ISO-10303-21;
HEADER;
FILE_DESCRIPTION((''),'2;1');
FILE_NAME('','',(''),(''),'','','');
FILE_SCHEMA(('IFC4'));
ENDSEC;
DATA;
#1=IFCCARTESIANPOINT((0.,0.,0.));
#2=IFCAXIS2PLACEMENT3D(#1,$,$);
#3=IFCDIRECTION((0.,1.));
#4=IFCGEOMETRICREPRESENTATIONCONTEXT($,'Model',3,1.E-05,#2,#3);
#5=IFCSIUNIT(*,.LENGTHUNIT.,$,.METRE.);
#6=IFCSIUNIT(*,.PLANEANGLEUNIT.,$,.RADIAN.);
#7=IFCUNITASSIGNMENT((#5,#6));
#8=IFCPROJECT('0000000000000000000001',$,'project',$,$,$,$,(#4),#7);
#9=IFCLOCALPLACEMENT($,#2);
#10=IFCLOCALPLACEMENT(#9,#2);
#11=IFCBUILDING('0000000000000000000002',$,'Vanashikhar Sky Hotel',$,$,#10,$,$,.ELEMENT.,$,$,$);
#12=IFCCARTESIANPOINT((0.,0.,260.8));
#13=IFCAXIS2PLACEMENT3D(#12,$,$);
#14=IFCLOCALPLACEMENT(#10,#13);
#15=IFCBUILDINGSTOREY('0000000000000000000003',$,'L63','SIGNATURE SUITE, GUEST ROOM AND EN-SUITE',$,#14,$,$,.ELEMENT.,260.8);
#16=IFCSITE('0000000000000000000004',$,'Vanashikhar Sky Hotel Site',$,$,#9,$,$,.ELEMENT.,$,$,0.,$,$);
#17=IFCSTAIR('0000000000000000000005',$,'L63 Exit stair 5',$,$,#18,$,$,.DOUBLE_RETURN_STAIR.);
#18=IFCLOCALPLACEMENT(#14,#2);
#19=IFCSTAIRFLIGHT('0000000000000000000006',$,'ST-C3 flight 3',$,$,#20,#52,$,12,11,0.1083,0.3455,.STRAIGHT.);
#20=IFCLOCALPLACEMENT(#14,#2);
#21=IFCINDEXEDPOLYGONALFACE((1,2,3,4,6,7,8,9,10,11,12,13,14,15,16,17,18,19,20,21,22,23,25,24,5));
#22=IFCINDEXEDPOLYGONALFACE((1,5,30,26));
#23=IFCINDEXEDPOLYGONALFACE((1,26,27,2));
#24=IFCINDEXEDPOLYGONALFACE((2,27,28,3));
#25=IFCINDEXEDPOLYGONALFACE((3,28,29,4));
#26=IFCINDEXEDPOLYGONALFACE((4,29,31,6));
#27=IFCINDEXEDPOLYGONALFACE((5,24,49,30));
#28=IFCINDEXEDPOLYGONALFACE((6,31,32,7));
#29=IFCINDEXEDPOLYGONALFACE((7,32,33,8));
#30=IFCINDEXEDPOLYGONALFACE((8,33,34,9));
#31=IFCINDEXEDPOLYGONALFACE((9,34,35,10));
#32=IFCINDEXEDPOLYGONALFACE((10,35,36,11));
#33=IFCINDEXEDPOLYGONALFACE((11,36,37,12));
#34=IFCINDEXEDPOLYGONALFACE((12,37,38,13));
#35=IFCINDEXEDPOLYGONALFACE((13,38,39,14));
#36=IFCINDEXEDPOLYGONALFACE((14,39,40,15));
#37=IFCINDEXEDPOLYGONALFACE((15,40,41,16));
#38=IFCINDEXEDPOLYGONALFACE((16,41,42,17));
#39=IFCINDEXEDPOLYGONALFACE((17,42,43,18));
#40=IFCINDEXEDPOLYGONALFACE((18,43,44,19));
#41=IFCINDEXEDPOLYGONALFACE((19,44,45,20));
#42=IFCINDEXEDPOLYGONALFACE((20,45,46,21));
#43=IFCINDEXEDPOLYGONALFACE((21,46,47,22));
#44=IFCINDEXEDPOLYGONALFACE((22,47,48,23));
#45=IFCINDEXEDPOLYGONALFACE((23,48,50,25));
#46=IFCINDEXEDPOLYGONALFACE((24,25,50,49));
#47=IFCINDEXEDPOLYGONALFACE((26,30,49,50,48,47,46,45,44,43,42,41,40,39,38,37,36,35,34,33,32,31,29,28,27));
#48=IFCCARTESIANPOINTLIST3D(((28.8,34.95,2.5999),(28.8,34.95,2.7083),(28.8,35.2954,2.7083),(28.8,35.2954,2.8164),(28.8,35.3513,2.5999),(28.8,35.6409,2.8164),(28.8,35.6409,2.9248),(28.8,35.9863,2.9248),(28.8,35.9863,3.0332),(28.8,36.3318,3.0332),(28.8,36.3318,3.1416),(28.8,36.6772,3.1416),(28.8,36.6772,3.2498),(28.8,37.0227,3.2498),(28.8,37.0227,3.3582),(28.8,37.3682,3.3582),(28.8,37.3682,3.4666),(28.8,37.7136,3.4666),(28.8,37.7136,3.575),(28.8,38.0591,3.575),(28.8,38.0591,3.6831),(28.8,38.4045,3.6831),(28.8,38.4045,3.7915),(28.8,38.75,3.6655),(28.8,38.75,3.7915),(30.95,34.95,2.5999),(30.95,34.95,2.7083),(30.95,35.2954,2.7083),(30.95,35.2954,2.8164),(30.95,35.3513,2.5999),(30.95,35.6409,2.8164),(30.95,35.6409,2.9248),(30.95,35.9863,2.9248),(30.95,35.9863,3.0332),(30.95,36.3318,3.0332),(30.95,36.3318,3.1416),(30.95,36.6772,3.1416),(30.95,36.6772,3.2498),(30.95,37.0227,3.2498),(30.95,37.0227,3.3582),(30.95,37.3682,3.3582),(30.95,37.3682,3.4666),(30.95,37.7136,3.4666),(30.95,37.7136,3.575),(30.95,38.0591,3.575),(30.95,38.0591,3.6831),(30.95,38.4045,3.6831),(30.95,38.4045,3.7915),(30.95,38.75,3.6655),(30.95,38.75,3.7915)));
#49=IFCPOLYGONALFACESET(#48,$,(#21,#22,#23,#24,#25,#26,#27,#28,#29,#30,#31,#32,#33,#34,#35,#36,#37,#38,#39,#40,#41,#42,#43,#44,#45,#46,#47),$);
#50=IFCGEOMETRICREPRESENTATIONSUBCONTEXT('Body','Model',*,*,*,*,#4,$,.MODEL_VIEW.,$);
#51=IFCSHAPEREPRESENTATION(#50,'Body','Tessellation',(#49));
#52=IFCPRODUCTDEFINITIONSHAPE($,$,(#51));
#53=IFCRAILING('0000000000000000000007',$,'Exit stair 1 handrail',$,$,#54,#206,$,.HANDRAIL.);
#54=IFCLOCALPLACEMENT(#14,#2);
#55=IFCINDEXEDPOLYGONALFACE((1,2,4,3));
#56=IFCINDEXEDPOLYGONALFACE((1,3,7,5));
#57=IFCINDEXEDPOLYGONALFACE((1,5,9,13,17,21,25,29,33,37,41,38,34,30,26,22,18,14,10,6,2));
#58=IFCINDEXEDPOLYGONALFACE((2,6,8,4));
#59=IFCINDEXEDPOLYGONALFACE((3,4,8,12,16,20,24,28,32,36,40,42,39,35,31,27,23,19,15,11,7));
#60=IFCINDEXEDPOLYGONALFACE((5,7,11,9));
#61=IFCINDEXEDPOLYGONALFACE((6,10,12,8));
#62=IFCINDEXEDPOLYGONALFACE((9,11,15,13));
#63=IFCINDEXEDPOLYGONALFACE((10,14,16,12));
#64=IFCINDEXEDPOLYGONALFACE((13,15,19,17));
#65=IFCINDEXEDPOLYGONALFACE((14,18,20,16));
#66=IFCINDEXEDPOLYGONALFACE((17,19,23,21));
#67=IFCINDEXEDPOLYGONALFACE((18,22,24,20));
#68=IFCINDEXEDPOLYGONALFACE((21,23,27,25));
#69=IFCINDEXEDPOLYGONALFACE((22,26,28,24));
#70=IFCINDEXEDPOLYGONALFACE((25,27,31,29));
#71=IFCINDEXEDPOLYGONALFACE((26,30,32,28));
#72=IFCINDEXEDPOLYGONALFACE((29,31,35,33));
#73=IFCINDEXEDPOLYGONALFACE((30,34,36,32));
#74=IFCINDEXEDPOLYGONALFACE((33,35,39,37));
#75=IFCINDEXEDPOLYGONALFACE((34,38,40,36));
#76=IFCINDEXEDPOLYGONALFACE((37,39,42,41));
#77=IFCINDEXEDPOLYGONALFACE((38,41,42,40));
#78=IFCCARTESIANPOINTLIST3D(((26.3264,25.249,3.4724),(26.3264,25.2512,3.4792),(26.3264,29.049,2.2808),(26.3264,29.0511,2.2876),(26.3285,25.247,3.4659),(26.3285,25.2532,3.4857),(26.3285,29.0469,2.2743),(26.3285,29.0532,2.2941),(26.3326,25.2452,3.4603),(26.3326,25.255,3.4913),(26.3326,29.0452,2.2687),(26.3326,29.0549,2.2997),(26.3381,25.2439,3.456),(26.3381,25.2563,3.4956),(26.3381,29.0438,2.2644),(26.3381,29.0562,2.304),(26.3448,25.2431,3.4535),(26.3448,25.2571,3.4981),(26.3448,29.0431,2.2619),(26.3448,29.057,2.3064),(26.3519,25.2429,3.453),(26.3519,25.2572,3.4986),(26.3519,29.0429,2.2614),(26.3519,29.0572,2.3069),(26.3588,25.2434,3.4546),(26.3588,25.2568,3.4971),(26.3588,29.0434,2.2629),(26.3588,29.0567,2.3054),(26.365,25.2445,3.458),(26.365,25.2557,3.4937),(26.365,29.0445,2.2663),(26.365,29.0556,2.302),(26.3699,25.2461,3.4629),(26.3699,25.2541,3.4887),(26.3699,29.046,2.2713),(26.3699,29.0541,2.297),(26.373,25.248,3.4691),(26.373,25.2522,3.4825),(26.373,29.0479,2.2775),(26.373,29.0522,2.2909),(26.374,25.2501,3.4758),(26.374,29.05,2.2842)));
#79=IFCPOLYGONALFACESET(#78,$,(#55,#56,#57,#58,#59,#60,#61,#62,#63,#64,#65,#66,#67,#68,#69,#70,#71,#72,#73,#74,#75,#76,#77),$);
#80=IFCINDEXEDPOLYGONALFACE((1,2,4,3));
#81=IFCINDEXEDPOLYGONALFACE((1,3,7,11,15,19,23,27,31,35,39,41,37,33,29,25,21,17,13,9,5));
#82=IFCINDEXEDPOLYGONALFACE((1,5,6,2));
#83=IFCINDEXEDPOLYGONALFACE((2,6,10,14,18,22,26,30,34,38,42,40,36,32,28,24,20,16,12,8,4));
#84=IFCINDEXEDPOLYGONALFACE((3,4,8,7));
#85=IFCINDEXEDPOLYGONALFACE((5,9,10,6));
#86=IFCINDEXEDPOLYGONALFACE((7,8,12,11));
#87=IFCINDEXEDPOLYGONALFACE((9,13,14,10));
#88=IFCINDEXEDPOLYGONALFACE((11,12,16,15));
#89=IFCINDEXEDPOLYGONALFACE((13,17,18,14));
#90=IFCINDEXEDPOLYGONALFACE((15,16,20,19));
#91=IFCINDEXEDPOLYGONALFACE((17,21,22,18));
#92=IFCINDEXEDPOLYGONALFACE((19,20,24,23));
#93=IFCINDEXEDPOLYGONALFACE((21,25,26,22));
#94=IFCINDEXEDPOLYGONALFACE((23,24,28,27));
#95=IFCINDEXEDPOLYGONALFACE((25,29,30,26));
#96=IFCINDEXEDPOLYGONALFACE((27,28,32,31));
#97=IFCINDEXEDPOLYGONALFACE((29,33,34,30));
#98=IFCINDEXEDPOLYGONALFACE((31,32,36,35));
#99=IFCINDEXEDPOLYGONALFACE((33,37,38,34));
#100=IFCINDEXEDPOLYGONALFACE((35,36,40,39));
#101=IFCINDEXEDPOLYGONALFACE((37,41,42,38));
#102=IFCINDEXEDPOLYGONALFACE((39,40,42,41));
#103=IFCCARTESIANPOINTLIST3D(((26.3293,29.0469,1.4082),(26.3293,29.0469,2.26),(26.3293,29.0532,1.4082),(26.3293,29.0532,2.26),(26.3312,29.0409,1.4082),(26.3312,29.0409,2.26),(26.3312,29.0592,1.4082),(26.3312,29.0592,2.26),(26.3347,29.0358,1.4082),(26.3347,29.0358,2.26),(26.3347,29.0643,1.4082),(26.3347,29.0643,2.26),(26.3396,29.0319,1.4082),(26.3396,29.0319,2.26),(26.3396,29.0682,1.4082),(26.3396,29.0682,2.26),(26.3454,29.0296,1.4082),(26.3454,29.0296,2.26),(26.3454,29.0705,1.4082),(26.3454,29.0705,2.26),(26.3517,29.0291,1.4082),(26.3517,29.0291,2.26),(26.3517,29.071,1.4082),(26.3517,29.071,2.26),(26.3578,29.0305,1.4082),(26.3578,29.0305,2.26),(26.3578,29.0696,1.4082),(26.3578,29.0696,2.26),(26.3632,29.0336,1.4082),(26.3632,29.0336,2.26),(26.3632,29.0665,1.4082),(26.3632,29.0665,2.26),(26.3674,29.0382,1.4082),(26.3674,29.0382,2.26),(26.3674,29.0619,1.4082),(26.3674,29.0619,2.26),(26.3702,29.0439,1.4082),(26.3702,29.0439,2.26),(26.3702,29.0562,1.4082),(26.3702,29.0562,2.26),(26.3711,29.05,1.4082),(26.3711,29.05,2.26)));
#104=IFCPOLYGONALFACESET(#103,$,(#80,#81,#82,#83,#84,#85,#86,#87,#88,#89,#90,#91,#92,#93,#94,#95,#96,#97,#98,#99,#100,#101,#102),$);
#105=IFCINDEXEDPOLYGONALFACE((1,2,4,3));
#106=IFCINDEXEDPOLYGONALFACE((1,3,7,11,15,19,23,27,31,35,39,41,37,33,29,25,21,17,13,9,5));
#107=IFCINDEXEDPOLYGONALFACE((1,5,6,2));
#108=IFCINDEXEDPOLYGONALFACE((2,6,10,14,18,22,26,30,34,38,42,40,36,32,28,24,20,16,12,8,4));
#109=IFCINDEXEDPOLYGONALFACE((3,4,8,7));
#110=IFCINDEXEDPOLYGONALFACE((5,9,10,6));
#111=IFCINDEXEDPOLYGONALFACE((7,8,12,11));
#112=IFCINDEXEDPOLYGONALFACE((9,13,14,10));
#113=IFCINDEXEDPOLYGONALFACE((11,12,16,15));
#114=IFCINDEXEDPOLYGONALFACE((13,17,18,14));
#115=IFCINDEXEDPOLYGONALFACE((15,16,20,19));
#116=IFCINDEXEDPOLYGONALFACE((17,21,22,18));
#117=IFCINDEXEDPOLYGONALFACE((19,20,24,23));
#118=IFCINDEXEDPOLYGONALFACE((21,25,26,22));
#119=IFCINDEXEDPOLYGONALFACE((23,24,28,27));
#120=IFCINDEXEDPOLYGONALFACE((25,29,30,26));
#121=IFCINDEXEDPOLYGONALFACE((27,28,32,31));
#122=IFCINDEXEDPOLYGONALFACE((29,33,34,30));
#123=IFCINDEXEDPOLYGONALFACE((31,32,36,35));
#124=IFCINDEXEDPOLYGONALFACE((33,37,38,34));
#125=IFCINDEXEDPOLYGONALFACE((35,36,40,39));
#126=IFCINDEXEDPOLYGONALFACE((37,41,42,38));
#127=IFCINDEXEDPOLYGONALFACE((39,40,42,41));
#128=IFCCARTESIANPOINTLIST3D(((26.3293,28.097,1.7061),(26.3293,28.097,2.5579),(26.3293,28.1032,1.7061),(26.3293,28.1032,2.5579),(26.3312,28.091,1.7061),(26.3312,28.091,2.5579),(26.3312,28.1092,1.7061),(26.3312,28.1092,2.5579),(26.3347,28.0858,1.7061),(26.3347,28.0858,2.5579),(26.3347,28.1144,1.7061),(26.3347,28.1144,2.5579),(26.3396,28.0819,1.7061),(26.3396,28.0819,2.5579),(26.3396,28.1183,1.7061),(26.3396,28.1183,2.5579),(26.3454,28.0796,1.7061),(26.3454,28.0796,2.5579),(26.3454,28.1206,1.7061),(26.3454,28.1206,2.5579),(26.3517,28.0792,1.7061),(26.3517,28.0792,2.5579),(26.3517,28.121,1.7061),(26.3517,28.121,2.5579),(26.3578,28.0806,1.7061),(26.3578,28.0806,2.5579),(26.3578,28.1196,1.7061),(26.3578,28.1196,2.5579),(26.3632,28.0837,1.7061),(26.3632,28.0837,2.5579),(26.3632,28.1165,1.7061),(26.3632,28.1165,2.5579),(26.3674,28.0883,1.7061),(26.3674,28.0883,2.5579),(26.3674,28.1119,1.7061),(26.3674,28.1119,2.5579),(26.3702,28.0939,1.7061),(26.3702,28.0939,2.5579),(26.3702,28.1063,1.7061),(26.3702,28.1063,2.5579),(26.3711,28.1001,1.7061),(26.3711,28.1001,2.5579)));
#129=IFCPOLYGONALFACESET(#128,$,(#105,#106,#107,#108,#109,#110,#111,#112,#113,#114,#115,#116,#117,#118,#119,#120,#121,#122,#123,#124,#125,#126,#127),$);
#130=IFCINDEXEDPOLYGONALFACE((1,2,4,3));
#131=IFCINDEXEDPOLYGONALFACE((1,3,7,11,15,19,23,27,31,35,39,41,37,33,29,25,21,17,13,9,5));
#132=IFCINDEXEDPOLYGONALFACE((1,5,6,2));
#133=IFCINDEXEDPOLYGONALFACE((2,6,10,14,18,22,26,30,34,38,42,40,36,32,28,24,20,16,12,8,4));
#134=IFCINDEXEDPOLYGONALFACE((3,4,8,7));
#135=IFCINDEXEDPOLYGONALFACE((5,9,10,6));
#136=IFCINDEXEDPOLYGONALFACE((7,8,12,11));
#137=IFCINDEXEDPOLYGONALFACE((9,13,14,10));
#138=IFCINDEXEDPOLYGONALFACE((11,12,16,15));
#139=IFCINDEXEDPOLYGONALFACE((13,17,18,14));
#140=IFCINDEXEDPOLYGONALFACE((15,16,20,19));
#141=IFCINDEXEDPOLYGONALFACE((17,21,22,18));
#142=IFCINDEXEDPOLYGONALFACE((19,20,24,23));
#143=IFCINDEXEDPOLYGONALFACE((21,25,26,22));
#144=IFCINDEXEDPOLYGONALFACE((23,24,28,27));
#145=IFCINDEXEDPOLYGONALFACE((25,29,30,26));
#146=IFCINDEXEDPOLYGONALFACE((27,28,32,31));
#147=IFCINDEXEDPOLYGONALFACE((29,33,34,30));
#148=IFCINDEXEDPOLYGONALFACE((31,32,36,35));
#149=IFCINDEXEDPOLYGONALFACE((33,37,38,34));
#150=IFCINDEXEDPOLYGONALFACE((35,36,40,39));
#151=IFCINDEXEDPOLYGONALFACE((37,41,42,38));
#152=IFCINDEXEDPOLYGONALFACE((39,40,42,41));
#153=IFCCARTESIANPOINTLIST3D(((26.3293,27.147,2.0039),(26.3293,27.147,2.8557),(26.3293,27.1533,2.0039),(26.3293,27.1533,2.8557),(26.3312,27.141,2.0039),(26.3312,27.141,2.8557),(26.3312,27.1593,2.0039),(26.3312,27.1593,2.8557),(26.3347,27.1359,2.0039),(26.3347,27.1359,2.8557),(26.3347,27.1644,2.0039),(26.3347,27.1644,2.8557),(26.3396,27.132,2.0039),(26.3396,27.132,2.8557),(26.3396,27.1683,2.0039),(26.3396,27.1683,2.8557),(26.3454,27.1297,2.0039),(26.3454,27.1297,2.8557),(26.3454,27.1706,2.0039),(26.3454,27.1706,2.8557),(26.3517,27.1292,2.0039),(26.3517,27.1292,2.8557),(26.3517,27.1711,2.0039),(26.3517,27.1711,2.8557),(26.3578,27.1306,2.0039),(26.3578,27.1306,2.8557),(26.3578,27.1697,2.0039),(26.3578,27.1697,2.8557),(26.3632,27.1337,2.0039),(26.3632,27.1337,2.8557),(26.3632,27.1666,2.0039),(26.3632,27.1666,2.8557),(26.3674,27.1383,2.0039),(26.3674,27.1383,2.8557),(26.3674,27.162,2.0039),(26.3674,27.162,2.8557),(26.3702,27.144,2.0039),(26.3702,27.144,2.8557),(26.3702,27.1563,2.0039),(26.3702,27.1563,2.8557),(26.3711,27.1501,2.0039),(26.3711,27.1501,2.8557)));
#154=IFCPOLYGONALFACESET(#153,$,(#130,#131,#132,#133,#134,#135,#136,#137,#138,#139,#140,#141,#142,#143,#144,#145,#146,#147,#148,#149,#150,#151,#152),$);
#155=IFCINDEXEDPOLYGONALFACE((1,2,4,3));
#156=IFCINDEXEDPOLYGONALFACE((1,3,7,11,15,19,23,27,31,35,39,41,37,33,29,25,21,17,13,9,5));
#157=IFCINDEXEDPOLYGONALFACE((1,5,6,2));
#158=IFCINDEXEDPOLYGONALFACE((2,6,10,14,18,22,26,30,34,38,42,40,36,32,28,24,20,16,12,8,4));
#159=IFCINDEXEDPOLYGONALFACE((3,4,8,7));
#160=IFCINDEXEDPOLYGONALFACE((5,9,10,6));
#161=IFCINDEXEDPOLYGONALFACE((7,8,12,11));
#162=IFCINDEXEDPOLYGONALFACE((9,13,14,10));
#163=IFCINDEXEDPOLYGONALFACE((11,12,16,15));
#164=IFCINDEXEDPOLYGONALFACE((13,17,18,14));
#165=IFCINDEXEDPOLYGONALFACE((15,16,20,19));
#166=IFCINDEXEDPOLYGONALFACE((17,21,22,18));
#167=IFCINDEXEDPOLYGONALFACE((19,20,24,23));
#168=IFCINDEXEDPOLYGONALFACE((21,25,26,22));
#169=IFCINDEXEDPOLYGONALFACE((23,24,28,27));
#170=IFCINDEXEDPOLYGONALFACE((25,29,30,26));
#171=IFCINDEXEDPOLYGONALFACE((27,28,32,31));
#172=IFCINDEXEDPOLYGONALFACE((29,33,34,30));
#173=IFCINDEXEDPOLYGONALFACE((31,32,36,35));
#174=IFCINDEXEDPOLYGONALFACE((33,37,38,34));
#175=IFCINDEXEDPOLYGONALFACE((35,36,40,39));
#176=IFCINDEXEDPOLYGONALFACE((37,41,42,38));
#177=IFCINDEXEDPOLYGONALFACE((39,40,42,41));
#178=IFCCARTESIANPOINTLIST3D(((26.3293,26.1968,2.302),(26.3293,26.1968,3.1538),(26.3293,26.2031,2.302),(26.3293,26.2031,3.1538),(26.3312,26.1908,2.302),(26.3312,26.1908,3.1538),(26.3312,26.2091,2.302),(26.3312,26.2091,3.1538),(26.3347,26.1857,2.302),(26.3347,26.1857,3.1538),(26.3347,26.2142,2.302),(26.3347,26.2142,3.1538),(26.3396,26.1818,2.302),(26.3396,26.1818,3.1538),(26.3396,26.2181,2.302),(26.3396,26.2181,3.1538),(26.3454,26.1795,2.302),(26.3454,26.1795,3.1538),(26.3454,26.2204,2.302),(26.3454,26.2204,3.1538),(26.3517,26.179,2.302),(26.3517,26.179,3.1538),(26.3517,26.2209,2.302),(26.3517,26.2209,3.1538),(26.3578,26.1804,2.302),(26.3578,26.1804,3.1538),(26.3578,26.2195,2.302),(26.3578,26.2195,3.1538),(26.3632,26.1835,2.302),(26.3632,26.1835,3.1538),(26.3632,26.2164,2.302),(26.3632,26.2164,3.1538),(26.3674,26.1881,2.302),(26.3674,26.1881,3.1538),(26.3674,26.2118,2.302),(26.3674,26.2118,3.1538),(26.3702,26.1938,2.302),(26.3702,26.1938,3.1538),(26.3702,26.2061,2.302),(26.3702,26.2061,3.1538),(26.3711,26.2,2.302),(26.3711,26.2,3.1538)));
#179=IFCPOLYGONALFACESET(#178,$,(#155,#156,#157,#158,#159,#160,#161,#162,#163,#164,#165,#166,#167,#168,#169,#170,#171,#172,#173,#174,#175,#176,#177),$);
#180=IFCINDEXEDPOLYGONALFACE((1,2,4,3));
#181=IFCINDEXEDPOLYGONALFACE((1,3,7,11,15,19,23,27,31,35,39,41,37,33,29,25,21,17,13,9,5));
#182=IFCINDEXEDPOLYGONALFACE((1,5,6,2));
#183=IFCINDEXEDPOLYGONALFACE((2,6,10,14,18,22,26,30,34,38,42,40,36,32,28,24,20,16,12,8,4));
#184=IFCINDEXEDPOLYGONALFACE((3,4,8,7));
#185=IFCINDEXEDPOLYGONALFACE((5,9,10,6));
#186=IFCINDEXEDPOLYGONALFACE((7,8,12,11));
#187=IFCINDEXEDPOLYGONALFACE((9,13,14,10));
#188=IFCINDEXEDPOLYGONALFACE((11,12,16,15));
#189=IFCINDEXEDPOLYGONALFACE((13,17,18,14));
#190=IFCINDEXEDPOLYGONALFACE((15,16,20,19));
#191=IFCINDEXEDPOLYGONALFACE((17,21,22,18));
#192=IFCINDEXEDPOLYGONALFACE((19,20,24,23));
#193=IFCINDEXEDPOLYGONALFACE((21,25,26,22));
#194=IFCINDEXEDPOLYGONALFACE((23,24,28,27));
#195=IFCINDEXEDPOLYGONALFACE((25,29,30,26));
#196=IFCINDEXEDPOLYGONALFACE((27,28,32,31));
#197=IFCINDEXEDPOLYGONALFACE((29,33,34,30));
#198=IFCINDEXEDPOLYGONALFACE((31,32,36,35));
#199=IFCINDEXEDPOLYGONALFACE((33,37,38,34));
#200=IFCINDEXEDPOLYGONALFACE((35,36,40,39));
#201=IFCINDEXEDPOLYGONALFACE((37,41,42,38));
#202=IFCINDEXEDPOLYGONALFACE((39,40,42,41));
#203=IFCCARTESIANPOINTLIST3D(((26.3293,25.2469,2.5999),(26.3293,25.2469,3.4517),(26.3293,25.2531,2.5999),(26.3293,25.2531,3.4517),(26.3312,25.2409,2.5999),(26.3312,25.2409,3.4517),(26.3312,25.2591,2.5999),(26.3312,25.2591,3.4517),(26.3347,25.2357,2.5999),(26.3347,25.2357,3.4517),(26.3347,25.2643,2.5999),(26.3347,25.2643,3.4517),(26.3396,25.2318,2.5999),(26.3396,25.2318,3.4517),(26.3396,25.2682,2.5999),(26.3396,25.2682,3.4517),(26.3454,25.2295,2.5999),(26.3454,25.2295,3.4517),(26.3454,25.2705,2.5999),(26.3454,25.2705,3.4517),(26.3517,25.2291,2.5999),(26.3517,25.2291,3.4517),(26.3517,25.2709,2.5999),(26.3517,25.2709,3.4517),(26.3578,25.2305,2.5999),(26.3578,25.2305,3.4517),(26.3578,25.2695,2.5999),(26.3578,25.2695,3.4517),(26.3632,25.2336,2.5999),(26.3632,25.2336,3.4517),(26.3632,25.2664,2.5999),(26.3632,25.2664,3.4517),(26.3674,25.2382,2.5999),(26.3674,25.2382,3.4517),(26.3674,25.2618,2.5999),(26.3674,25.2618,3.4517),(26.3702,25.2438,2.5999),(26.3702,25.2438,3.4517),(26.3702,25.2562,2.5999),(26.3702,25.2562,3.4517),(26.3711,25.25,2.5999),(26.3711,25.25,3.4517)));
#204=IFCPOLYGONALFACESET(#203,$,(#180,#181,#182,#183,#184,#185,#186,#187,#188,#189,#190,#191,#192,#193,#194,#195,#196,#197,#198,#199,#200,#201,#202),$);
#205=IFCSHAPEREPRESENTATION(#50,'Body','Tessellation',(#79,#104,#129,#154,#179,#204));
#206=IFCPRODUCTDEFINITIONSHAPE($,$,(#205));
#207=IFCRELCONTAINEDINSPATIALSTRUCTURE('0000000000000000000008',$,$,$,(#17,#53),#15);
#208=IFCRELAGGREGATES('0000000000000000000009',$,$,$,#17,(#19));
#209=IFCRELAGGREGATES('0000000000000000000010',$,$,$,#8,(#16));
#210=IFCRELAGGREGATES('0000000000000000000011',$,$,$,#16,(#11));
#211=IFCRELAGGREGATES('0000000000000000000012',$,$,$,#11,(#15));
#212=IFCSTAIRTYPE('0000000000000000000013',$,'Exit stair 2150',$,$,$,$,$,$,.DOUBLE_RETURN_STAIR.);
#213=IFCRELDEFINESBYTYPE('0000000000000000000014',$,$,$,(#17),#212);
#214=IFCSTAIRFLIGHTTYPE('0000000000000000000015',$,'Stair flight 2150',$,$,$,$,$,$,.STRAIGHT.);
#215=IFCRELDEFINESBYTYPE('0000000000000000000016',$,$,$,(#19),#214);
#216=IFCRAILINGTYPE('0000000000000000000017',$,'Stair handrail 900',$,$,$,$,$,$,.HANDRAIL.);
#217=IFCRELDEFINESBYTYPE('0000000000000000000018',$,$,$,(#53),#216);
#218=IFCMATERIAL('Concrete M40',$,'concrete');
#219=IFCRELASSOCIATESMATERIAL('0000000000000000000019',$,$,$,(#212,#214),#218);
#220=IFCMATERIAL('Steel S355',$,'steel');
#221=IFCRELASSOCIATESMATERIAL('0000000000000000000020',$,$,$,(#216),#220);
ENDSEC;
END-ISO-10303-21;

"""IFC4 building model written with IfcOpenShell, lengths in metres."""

from ifc_helpers import new_model, si_unit, direction, frame, origin, origin_2d, place, context, subcontext, project, spatial, polyline, circle, outline, extrude, source, transform, mapped, material, type_object, element, aggregate, save


model = new_model("IFC4")

# Units and contexts
model_context = context("Model", 3, precision=1e-05, world=origin(), true_north=direction((0.0, 1.0)))
body_context = subcontext(model_context, "Body", "Model", "MODEL_VIEW")
ifc_project = project(units=[si_unit("LENGTHUNIT", "METRE"), si_unit("PLANEANGLEUNIT", "RADIAN")], contexts=[model_context])

# Site, building, storey
site_placement = place(None, origin())
site = spatial("IfcSite", under=ifc_project, at=site_placement, Name="Vanashikhar Sky Hotel Site", CompositionType="ELEMENT", RefElevation=0.0)
building_placement = place(site_placement, origin())
building = spatial("IfcBuilding", under=site, at=building_placement, Name="Vanashikhar Sky Hotel", CompositionType="ELEMENT")
storey_placement = place(building_placement, frame((0.0, 0.0, 260.8)))
storey = spatial("IfcBuildingStorey", under=building, at=storey_placement, Name="L63", Description="SIGNATURE SUITE, GUEST ROOM AND EN-SUITE", CompositionType="ELEMENT", Elevation=260.8)

# Stair, stair flight
ifc_material_1 = material(Name="Concrete M40", Category="concrete")
stair_type = type_object("IfcStairType", Name="Exit stair 2150", PredefinedType="DOUBLE_RETURN_STAIR", material=ifc_material_1)
stair_flight_type = type_object("IfcStairFlightType", Name="Stair flight 2150", PredefinedType="STRAIGHT", material=ifc_material_1)
shared_shape_1 = source(origin(), body_context, "Body", "SweptSolid", [
    extrude(outline(polyline([(0.0, 0.0), (0.0, 0.1084), (0.3455, 0.1084), (0.3455, 0.2166), (0.6909, 0.2166), (0.6909, 0.325), (1.0364, 0.325), (1.0364, 0.4333), (1.3818, 0.4333), (1.3818, 0.5417), (1.7273, 0.5417), (1.7273, 0.6499), (2.0728, 0.6499), (2.0728, 0.7583), (2.4182, 0.7583), (2.4182, 0.8667), (2.7637, 0.8667), (2.7637, 0.9751), (3.1091, 0.9751), (3.1091, 1.0833), (3.4546, 1.0833), (3.4546, 1.1917), (3.8, 1.1917), (3.8, 1.3), (3.8, 1.0657), (0.4014, 0.0), (0.0, 0.0)])), frame((0.0, 1.075, 0.0), z_axis=(0.0, -1.0, 0.0), x_axis=(1.0, 0.0, 0.0)), (0.0, 0.0, 1.0), 2.1499),
])
stair_1_placement = place(storey_placement, origin())
stair_1 = element("IfcStair", 1, at=stair_1_placement, inside=storey, type_object=stair_type, Name="L63 Exit stair 5", PredefinedType="DOUBLE_RETURN_STAIR")
stair_flight_1_placement = place(storey_placement, frame((29.875, 34.95, 2.5999), z_axis=(0.0, 0.0, 1.0), x_axis=(0.0, 1.0, 0.0)))
stair_flight_1 = element("IfcStairFlight", 2, at=stair_flight_1_placement, type_object=stair_flight_type, Name="ST-C3 flight 3", NumberOfRisers=12, NumberOfTreads=11, PredefinedType="STRAIGHT", RiserHeight=0.1083, TreadLength=0.3455, context=body_context, shape_type="MappedRepresentation", body=[
    mapped(shared_shape_1, transform((0.0, 0.0, 0.0), scale=1.0)),
])
aggregate(stair_1, [stair_flight_1])

# Railing
ifc_material_2 = material(Name="Steel S355", Category="steel")
railing_type_1 = type_object("IfcRailingType", Name="Stair handrail 900", PredefinedType="HANDRAIL", material=ifc_material_2)
shared_shape_2 = source(origin(), body_context, "Body", "SweptSolid", [
    extrude(circle(Radius=0.0239, at=origin_2d()), frame((0.0, 0.0, 0.876), z_axis=(0.0, -0.954184, 0.299221), x_axis=(1.0, 0.0, 0.0)), (0.0, 0.0, 1.0), 3.9824),
    extrude(circle(Radius=0.021, at=origin_2d()), origin(), (0.0, 0.0, 1.0), 0.8518),
    extrude(circle(Radius=0.021, at=origin_2d()), frame((0.0, -0.95, 0.2979)), (0.0, 0.0, 1.0), 0.8518),
    extrude(circle(Radius=0.021, at=origin_2d()), frame((0.0, -1.8999, 0.5957)), (0.0, 0.0, 1.0), 0.8518),
    extrude(circle(Radius=0.021, at=origin_2d()), frame((0.0, -2.8501, 0.8938)), (0.0, 0.0, 1.0), 0.8518),
    extrude(circle(Radius=0.021, at=origin_2d()), frame((0.0, -3.8, 1.1917)), (0.0, 0.0, 1.0), 0.8518),
])
for number, where, name in (
    (3, (26.3501, 29.05, 1.4082), "Exit stair 1 handrail"),
):
    element("IfcRailing", number, at=place(storey_placement, frame(where)), inside=storey, type_object=railing_type_1, Name=name, PredefinedType="HANDRAIL", context=body_context, shape_type="MappedRepresentation", body=[
        mapped(shared_shape_2, transform((0.0, 0.0, 0.0), scale=1.0)),
    ])

save(model, "model.ifc")
